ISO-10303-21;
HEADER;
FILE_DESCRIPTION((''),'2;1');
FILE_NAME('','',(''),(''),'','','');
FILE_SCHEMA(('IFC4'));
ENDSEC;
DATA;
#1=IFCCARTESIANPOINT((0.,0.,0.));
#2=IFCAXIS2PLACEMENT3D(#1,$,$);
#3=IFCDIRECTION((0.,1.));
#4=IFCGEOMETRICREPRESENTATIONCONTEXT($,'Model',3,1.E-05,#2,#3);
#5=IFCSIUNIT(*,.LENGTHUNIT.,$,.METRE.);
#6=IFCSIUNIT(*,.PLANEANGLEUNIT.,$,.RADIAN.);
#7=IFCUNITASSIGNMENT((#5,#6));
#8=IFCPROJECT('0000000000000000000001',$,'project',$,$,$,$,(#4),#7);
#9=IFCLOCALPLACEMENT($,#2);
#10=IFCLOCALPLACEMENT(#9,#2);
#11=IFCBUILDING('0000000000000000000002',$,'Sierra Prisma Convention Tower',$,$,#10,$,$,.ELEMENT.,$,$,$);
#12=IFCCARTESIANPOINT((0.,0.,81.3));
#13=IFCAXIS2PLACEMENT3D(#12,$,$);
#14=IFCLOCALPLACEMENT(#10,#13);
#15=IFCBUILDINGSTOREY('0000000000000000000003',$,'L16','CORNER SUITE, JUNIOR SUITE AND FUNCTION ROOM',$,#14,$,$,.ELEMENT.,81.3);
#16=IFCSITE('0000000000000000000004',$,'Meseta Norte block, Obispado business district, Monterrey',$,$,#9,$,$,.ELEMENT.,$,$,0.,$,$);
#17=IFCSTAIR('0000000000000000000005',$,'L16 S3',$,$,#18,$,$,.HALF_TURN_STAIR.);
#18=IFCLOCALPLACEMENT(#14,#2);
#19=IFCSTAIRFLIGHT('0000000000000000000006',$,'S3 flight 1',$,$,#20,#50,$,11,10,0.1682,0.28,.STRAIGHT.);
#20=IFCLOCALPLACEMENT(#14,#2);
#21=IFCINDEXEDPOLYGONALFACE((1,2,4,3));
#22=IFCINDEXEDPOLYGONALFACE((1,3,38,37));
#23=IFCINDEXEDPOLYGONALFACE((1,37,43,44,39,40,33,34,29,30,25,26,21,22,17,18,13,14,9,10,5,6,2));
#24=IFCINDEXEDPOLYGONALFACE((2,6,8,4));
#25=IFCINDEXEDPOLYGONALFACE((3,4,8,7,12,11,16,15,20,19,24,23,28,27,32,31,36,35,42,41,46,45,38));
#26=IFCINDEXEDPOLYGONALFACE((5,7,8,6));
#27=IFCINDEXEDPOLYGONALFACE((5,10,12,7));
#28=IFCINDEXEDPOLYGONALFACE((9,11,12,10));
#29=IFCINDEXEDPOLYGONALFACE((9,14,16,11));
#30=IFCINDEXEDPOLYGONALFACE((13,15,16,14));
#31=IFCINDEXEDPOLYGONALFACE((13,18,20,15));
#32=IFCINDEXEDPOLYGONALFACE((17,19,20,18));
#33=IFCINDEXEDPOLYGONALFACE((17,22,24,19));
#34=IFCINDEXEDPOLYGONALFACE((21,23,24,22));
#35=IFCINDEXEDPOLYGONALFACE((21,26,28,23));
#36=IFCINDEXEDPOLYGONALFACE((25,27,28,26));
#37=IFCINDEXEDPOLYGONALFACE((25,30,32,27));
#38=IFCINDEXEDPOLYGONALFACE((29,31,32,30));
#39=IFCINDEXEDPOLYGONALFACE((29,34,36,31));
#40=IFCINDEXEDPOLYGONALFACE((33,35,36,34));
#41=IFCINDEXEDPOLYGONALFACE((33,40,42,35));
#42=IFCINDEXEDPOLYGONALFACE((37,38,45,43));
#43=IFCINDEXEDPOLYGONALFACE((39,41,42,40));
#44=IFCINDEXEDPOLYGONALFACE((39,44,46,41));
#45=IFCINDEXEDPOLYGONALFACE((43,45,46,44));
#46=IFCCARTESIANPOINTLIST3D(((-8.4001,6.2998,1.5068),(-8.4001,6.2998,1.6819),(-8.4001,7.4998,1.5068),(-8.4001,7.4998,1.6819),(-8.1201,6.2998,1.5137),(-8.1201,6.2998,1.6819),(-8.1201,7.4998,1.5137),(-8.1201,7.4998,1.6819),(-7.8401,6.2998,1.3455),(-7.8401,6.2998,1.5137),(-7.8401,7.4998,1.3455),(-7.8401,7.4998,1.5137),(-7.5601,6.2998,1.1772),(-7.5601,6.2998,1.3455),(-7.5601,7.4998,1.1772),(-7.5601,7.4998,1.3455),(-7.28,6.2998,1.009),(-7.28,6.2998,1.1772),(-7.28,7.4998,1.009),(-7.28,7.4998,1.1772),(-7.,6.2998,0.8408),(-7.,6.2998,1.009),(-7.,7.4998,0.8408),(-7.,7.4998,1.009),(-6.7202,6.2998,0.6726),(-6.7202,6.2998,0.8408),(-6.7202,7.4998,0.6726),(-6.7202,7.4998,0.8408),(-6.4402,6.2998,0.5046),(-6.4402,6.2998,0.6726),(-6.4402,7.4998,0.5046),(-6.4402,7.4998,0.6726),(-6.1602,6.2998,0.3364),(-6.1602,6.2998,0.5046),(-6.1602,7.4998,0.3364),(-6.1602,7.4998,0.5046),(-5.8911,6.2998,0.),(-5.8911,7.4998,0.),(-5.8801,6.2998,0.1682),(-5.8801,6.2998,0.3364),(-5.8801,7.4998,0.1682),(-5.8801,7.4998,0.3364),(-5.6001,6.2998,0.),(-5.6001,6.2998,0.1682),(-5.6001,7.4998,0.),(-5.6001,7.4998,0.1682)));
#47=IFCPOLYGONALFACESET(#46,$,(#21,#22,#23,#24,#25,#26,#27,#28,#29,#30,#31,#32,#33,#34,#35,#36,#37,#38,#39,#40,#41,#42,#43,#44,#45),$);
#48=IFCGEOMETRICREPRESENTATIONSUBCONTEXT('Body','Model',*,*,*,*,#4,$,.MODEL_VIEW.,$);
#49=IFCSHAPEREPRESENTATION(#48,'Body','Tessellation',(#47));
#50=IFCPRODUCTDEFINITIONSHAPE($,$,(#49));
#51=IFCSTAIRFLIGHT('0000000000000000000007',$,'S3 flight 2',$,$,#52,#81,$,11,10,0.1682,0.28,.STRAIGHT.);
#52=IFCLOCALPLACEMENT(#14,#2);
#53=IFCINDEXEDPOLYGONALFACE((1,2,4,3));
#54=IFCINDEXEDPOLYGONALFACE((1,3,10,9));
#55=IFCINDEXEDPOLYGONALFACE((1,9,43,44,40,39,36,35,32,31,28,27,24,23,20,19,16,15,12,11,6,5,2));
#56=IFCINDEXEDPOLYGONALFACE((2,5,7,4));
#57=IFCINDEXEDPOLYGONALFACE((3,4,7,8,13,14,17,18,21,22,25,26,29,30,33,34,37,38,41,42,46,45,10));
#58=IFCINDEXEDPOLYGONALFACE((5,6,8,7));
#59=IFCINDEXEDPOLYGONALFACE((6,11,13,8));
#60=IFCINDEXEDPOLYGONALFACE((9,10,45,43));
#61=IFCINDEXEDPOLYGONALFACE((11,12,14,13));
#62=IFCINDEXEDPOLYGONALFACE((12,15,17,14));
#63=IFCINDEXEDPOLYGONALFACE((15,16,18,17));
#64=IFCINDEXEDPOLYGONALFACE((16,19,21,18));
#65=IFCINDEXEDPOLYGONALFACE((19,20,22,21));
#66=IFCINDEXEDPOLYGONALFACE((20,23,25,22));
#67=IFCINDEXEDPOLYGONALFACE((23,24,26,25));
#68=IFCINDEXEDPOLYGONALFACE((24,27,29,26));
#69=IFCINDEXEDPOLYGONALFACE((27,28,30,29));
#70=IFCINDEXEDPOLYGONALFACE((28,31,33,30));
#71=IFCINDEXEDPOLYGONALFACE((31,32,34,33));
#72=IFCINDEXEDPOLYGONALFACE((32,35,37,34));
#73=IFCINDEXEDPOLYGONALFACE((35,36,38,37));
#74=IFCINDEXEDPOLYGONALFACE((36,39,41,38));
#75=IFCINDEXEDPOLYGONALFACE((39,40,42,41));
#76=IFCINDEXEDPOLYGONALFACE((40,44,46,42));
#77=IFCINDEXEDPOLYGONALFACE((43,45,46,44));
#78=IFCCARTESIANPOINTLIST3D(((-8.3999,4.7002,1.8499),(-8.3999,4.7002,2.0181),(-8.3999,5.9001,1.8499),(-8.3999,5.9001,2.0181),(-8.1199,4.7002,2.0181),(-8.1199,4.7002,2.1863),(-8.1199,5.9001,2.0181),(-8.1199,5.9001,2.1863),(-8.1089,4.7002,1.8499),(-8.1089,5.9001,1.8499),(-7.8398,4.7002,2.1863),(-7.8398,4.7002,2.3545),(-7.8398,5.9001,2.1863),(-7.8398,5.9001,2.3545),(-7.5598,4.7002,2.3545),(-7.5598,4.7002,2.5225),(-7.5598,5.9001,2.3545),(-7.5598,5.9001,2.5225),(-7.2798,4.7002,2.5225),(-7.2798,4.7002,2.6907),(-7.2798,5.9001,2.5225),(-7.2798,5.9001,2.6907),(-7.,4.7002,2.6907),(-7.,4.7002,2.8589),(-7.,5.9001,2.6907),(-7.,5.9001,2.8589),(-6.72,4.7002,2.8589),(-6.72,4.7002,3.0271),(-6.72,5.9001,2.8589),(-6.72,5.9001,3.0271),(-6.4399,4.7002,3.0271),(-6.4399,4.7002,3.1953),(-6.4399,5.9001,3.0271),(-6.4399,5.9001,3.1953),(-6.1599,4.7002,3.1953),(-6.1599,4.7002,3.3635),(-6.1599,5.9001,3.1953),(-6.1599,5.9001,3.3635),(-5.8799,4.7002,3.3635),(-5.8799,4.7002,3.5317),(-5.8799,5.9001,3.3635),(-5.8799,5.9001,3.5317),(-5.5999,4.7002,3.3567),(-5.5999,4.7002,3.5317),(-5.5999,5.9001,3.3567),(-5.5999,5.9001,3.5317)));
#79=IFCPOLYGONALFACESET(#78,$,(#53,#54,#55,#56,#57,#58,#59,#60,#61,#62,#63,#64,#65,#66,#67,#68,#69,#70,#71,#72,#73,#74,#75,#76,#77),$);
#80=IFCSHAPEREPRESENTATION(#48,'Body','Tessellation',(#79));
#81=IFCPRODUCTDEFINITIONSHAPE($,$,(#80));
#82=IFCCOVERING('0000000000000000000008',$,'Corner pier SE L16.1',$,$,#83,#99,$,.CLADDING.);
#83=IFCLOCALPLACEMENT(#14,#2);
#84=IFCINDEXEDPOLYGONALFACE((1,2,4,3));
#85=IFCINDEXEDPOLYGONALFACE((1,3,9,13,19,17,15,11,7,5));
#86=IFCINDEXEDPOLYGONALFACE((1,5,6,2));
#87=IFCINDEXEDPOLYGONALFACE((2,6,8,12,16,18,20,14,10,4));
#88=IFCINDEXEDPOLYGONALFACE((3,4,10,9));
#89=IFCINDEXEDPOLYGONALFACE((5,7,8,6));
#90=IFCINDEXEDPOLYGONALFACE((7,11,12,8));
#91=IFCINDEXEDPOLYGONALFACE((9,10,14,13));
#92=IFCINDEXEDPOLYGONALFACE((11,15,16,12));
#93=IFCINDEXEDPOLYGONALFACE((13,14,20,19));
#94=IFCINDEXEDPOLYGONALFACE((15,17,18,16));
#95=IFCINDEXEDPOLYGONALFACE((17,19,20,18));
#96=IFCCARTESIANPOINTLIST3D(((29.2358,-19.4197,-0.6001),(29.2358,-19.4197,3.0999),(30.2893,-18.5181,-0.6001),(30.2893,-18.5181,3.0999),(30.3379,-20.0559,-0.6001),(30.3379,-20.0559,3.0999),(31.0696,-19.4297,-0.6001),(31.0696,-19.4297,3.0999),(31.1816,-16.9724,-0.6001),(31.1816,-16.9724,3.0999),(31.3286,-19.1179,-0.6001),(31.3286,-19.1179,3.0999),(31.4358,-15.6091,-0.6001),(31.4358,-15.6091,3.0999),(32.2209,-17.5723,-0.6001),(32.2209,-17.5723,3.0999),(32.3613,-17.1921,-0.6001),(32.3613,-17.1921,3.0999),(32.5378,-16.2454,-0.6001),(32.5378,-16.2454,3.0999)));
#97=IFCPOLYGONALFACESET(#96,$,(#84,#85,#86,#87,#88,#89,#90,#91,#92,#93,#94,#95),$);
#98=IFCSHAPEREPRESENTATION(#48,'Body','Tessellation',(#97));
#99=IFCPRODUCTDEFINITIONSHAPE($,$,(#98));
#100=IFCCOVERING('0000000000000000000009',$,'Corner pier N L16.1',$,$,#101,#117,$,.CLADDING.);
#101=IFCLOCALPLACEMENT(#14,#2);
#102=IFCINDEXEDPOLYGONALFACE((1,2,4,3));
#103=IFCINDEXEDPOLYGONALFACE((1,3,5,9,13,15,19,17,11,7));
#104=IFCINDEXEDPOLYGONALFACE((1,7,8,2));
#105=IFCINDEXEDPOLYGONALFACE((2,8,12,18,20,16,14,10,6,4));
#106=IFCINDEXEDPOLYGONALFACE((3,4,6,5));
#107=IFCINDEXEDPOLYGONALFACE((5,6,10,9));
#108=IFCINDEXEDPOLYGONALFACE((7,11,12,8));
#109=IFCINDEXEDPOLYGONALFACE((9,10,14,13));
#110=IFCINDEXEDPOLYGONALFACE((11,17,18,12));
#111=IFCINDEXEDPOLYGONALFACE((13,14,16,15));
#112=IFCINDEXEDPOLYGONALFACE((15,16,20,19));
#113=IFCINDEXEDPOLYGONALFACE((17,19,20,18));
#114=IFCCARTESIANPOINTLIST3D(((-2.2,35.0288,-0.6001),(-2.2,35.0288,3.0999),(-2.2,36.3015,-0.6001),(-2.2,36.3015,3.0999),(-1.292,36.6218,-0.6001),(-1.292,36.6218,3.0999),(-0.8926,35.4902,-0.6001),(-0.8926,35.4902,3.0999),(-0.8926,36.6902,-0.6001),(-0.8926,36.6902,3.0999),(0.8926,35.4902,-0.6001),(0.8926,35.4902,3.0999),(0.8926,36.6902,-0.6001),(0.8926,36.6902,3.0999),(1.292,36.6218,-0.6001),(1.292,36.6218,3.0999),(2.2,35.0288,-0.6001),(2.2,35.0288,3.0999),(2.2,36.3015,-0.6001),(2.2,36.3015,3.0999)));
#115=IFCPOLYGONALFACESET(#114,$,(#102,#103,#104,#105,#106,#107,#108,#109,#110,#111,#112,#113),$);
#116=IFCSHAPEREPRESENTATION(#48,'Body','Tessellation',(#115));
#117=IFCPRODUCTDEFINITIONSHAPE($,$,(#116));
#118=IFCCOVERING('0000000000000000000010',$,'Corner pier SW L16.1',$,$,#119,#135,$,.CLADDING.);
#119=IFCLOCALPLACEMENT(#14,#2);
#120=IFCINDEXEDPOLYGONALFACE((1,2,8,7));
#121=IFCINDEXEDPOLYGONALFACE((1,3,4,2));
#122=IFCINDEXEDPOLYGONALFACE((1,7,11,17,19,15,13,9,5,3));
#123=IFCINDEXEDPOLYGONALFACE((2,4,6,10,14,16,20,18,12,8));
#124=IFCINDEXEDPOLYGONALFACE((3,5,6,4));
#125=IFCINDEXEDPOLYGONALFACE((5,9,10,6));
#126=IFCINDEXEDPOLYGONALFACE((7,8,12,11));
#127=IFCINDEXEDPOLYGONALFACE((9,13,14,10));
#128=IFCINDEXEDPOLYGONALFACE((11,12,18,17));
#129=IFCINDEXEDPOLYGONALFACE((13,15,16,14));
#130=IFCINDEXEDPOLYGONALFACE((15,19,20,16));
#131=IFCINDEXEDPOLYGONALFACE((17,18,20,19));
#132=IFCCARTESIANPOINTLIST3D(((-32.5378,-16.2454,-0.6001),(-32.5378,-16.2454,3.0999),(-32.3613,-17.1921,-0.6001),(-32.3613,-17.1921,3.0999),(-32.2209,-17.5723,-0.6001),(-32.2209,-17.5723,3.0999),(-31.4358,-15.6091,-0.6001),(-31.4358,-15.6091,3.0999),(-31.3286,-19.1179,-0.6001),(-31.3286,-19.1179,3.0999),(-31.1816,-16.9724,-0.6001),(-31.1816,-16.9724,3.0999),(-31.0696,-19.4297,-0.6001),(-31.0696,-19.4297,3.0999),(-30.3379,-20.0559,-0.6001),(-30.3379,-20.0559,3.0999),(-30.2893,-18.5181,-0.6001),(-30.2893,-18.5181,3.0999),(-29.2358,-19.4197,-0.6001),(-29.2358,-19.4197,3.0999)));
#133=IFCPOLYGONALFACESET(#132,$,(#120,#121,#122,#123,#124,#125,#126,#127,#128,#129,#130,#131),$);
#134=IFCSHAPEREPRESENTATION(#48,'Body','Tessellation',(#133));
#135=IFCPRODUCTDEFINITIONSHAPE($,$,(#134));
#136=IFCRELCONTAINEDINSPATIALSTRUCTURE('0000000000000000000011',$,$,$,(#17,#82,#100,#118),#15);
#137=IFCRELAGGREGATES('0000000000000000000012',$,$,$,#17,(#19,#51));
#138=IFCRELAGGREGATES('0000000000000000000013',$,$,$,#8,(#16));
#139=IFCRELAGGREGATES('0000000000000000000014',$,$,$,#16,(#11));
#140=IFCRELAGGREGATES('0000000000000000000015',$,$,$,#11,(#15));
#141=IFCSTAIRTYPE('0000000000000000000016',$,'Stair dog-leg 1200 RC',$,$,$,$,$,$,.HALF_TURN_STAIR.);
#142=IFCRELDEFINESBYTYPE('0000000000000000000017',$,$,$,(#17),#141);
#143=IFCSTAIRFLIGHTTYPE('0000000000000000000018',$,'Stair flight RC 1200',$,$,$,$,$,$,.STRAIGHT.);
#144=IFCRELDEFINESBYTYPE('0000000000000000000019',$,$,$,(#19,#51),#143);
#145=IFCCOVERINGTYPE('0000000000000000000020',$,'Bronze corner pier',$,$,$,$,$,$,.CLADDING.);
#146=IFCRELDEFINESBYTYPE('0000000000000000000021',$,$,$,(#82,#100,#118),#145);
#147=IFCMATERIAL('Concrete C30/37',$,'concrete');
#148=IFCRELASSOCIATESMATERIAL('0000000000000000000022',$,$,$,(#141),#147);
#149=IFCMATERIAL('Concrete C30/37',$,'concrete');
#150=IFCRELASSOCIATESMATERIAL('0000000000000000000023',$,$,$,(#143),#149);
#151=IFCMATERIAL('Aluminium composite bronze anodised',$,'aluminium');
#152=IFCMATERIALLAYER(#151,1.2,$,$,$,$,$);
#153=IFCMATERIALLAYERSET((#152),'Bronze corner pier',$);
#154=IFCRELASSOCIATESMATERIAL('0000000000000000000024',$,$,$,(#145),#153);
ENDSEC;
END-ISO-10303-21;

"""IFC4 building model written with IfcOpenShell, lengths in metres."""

from ifc_helpers import new_model, si_unit, direction, frame, origin, place, context, subcontext, project, spatial, polyline, outline, extrude, material, layer, layer_set, type_object, element, aggregate, save


model = new_model("IFC4")

# Units and contexts
model_context = context("Model", 3, precision=1e-05, world=origin(), true_north=direction((0.0, 1.0)))
body_context = subcontext(model_context, "Body", "Model", "MODEL_VIEW")
ifc_project = project(units=[si_unit("LENGTHUNIT", "METRE"), si_unit("PLANEANGLEUNIT", "RADIAN")], contexts=[model_context])

# Site, building, storey
site_placement = place(None, origin())
site = spatial("IfcSite", under=ifc_project, at=site_placement, Name="Meseta Norte block, Obispado business district, Monterrey", CompositionType="ELEMENT", RefElevation=0.0)
building_placement = place(site_placement, origin())
building = spatial("IfcBuilding", under=site, at=building_placement, Name="Sierra Prisma Convention Tower", CompositionType="ELEMENT")
storey_placement = place(building_placement, frame((0.0, 0.0, 81.3)))
storey = spatial("IfcBuildingStorey", under=building, at=storey_placement, Name="L16", Description="CORNER SUITE, JUNIOR SUITE AND FUNCTION ROOM", CompositionType="ELEMENT", Elevation=81.3)

# Shared definitions
ifc_material_1 = material(Name="Concrete C30/37", Category="concrete")
stair_type = type_object("IfcStairType", Name="Stair dog-leg 1200 RC", PredefinedType="HALF_TURN_STAIR", material=ifc_material_1)

# Stair, stair flights
stair_1_placement = place(storey_placement, origin())
stair_1 = element("IfcStair", 1, at=stair_1_placement, inside=storey, type_object=stair_type, Name="L16 S3", PredefinedType="HALF_TURN_STAIR")
ifc_material_2 = material(Name="Concrete C30/37", Category="concrete")
stair_flight_type = type_object("IfcStairFlightType", Name="Stair flight RC 1200", PredefinedType="STRAIGHT", material=ifc_material_2)
stair_flight_1_placement = place(storey_placement, frame((-5.6001, 6.8999, 0.0), z_axis=(0.0, 0.0, 1.0), x_axis=(-1.0, 0.0, 0.0)))
stair_flight_1 = element("IfcStairFlight", 2, at=stair_flight_1_placement, type_object=stair_flight_type, Name="S3 flight 1", NumberOfRisers=11, NumberOfTreads=10, PredefinedType="STRAIGHT", RiserHeight=0.1682, TreadLength=0.28, context=body_context, shape_type="SweptSolid", body=[
    extrude(outline(polyline([(0.0, 0.0), (0.0, 0.1682), (0.28, 0.1682), (0.28, 0.3364), (0.5601, 0.3364), (0.5601, 0.5046), (0.8401, 0.5046), (0.8401, 0.6726), (1.1201, 0.6726), (1.1201, 0.8408), (1.3999, 0.8408), (1.3999, 1.009), (1.6799, 1.009), (1.6799, 1.1772), (1.96, 1.1772), (1.96, 1.3455), (2.24, 1.3455), (2.24, 1.5137), (2.52, 1.5137), (2.52, 1.6819), (2.8, 1.6819), (2.8, 1.8501), (2.8, 1.5068), (0.291, 0.0), (0.0, 0.0)])), frame((0.0, 0.6001, 0.0), z_axis=(0.0, -1.0, 0.0), x_axis=(1.0, 0.0, 0.0)), (0.0, 0.0, 1.0), 1.2),
])
stair_flight_2_placement = place(storey_placement, frame((-8.3999, 5.3, 1.8499), z_axis=(0.0, 0.0, 1.0), x_axis=(1.0, 0.0, 0.0)))
stair_flight_2 = element("IfcStairFlight", 3, at=stair_flight_2_placement, type_object=stair_flight_type, Name="S3 flight 2", NumberOfRisers=11, NumberOfTreads=10, PredefinedType="STRAIGHT", RiserHeight=0.1682, TreadLength=0.28, context=body_context, shape_type="SweptSolid", body=[
    extrude(outline(polyline([(0.0, 0.0), (0.0, 0.1682), (0.28, 0.1682), (0.28, 0.3364), (0.5601, 0.3364), (0.5601, 0.5046), (0.8401, 0.5046), (0.8401, 0.6726), (1.1201, 0.6726), (1.1201, 0.8408), (1.3999, 0.8408), (1.3999, 1.009), (1.6799, 1.009), (1.6799, 1.1772), (1.96, 1.1772), (1.96, 1.3455), (2.24, 1.3455), (2.24, 1.5137), (2.52, 1.5137), (2.52, 1.6819), (2.8, 1.6819), (2.8, 1.8501), (2.8, 1.5068), (0.291, 0.0), (0.0, 0.0)])), frame((0.0, 0.6001, 0.0), z_axis=(0.0, -1.0, 0.0), x_axis=(1.0, 0.0, 0.0)), (0.0, 0.0, 1.0), 1.2),
])
aggregate(stair_1, [stair_flight_1, stair_flight_2])

# Coverings
ifc_material_3 = material(Name="Aluminium composite bronze anodised", Category="aluminium")
ifc_layer_1 = layer(ifc_material_3, 1.2)
ifc_layer_set_1 = layer_set([ifc_layer_1], Name="Bronze corner pier")
covering_type = type_object("IfcCoveringType", Name="Bronze corner pier", PredefinedType="CLADDING", material=ifc_layer_set_1)
covering_1_placement = place(storey_placement, frame((0.0, 0.0, -0.6001)))
element("IfcCovering", 4, at=covering_1_placement, inside=storey, type_object=covering_type, Name="Corner pier SE L16.1", PredefinedType="CLADDING", context=body_context, shape_type="SweptSolid", body=[
    extrude(outline(polyline([(32.3613, -17.1921), (32.2209, -17.5723), (31.3286, -19.1179), (31.0696, -19.4297), (30.3379, -20.0559), (29.2358, -19.4197), (30.2893, -18.5181), (31.1816, -16.9724), (31.4358, -15.6091), (32.5378, -16.2454), (32.3613, -17.1921)])), origin(), (0.0, 0.0, 1.0), 3.7),
])
covering_2_placement = place(storey_placement, frame((0.0, 0.0, -0.6001)))
element("IfcCovering", 5, at=covering_2_placement, inside=storey, type_object=covering_type, Name="Corner pier N L16.1", PredefinedType="CLADDING", context=body_context, shape_type="SweptSolid", body=[
    extrude(outline(polyline([(-1.292, 36.6218), (-0.8926, 36.6902), (0.8926, 36.6902), (1.292, 36.6218), (2.2, 36.3015), (2.2, 35.0288), (0.8926, 35.4902), (-0.8926, 35.4902), (-2.2, 35.0288), (-2.2, 36.3015), (-1.292, 36.6218)])), origin(), (0.0, 0.0, 1.0), 3.7),
])
covering_3_placement = place(storey_placement, frame((0.0, 0.0, -0.6001)))
element("IfcCovering", 6, at=covering_3_placement, inside=storey, type_object=covering_type, Name="Corner pier SW L16.1", PredefinedType="CLADDING", context=body_context, shape_type="SweptSolid", body=[
    extrude(outline(polyline([(-31.0696, -19.4297), (-31.3286, -19.1179), (-32.2209, -17.5723), (-32.3613, -17.1921), (-32.5378, -16.2454), (-31.4358, -15.6091), (-31.1816, -16.9724), (-30.2893, -18.5181), (-29.2358, -19.4197), (-30.3379, -20.0559), (-31.0696, -19.4297)])), origin(), (0.0, 0.0, 1.0), 3.7),
])

save(model, "model.ifc")
